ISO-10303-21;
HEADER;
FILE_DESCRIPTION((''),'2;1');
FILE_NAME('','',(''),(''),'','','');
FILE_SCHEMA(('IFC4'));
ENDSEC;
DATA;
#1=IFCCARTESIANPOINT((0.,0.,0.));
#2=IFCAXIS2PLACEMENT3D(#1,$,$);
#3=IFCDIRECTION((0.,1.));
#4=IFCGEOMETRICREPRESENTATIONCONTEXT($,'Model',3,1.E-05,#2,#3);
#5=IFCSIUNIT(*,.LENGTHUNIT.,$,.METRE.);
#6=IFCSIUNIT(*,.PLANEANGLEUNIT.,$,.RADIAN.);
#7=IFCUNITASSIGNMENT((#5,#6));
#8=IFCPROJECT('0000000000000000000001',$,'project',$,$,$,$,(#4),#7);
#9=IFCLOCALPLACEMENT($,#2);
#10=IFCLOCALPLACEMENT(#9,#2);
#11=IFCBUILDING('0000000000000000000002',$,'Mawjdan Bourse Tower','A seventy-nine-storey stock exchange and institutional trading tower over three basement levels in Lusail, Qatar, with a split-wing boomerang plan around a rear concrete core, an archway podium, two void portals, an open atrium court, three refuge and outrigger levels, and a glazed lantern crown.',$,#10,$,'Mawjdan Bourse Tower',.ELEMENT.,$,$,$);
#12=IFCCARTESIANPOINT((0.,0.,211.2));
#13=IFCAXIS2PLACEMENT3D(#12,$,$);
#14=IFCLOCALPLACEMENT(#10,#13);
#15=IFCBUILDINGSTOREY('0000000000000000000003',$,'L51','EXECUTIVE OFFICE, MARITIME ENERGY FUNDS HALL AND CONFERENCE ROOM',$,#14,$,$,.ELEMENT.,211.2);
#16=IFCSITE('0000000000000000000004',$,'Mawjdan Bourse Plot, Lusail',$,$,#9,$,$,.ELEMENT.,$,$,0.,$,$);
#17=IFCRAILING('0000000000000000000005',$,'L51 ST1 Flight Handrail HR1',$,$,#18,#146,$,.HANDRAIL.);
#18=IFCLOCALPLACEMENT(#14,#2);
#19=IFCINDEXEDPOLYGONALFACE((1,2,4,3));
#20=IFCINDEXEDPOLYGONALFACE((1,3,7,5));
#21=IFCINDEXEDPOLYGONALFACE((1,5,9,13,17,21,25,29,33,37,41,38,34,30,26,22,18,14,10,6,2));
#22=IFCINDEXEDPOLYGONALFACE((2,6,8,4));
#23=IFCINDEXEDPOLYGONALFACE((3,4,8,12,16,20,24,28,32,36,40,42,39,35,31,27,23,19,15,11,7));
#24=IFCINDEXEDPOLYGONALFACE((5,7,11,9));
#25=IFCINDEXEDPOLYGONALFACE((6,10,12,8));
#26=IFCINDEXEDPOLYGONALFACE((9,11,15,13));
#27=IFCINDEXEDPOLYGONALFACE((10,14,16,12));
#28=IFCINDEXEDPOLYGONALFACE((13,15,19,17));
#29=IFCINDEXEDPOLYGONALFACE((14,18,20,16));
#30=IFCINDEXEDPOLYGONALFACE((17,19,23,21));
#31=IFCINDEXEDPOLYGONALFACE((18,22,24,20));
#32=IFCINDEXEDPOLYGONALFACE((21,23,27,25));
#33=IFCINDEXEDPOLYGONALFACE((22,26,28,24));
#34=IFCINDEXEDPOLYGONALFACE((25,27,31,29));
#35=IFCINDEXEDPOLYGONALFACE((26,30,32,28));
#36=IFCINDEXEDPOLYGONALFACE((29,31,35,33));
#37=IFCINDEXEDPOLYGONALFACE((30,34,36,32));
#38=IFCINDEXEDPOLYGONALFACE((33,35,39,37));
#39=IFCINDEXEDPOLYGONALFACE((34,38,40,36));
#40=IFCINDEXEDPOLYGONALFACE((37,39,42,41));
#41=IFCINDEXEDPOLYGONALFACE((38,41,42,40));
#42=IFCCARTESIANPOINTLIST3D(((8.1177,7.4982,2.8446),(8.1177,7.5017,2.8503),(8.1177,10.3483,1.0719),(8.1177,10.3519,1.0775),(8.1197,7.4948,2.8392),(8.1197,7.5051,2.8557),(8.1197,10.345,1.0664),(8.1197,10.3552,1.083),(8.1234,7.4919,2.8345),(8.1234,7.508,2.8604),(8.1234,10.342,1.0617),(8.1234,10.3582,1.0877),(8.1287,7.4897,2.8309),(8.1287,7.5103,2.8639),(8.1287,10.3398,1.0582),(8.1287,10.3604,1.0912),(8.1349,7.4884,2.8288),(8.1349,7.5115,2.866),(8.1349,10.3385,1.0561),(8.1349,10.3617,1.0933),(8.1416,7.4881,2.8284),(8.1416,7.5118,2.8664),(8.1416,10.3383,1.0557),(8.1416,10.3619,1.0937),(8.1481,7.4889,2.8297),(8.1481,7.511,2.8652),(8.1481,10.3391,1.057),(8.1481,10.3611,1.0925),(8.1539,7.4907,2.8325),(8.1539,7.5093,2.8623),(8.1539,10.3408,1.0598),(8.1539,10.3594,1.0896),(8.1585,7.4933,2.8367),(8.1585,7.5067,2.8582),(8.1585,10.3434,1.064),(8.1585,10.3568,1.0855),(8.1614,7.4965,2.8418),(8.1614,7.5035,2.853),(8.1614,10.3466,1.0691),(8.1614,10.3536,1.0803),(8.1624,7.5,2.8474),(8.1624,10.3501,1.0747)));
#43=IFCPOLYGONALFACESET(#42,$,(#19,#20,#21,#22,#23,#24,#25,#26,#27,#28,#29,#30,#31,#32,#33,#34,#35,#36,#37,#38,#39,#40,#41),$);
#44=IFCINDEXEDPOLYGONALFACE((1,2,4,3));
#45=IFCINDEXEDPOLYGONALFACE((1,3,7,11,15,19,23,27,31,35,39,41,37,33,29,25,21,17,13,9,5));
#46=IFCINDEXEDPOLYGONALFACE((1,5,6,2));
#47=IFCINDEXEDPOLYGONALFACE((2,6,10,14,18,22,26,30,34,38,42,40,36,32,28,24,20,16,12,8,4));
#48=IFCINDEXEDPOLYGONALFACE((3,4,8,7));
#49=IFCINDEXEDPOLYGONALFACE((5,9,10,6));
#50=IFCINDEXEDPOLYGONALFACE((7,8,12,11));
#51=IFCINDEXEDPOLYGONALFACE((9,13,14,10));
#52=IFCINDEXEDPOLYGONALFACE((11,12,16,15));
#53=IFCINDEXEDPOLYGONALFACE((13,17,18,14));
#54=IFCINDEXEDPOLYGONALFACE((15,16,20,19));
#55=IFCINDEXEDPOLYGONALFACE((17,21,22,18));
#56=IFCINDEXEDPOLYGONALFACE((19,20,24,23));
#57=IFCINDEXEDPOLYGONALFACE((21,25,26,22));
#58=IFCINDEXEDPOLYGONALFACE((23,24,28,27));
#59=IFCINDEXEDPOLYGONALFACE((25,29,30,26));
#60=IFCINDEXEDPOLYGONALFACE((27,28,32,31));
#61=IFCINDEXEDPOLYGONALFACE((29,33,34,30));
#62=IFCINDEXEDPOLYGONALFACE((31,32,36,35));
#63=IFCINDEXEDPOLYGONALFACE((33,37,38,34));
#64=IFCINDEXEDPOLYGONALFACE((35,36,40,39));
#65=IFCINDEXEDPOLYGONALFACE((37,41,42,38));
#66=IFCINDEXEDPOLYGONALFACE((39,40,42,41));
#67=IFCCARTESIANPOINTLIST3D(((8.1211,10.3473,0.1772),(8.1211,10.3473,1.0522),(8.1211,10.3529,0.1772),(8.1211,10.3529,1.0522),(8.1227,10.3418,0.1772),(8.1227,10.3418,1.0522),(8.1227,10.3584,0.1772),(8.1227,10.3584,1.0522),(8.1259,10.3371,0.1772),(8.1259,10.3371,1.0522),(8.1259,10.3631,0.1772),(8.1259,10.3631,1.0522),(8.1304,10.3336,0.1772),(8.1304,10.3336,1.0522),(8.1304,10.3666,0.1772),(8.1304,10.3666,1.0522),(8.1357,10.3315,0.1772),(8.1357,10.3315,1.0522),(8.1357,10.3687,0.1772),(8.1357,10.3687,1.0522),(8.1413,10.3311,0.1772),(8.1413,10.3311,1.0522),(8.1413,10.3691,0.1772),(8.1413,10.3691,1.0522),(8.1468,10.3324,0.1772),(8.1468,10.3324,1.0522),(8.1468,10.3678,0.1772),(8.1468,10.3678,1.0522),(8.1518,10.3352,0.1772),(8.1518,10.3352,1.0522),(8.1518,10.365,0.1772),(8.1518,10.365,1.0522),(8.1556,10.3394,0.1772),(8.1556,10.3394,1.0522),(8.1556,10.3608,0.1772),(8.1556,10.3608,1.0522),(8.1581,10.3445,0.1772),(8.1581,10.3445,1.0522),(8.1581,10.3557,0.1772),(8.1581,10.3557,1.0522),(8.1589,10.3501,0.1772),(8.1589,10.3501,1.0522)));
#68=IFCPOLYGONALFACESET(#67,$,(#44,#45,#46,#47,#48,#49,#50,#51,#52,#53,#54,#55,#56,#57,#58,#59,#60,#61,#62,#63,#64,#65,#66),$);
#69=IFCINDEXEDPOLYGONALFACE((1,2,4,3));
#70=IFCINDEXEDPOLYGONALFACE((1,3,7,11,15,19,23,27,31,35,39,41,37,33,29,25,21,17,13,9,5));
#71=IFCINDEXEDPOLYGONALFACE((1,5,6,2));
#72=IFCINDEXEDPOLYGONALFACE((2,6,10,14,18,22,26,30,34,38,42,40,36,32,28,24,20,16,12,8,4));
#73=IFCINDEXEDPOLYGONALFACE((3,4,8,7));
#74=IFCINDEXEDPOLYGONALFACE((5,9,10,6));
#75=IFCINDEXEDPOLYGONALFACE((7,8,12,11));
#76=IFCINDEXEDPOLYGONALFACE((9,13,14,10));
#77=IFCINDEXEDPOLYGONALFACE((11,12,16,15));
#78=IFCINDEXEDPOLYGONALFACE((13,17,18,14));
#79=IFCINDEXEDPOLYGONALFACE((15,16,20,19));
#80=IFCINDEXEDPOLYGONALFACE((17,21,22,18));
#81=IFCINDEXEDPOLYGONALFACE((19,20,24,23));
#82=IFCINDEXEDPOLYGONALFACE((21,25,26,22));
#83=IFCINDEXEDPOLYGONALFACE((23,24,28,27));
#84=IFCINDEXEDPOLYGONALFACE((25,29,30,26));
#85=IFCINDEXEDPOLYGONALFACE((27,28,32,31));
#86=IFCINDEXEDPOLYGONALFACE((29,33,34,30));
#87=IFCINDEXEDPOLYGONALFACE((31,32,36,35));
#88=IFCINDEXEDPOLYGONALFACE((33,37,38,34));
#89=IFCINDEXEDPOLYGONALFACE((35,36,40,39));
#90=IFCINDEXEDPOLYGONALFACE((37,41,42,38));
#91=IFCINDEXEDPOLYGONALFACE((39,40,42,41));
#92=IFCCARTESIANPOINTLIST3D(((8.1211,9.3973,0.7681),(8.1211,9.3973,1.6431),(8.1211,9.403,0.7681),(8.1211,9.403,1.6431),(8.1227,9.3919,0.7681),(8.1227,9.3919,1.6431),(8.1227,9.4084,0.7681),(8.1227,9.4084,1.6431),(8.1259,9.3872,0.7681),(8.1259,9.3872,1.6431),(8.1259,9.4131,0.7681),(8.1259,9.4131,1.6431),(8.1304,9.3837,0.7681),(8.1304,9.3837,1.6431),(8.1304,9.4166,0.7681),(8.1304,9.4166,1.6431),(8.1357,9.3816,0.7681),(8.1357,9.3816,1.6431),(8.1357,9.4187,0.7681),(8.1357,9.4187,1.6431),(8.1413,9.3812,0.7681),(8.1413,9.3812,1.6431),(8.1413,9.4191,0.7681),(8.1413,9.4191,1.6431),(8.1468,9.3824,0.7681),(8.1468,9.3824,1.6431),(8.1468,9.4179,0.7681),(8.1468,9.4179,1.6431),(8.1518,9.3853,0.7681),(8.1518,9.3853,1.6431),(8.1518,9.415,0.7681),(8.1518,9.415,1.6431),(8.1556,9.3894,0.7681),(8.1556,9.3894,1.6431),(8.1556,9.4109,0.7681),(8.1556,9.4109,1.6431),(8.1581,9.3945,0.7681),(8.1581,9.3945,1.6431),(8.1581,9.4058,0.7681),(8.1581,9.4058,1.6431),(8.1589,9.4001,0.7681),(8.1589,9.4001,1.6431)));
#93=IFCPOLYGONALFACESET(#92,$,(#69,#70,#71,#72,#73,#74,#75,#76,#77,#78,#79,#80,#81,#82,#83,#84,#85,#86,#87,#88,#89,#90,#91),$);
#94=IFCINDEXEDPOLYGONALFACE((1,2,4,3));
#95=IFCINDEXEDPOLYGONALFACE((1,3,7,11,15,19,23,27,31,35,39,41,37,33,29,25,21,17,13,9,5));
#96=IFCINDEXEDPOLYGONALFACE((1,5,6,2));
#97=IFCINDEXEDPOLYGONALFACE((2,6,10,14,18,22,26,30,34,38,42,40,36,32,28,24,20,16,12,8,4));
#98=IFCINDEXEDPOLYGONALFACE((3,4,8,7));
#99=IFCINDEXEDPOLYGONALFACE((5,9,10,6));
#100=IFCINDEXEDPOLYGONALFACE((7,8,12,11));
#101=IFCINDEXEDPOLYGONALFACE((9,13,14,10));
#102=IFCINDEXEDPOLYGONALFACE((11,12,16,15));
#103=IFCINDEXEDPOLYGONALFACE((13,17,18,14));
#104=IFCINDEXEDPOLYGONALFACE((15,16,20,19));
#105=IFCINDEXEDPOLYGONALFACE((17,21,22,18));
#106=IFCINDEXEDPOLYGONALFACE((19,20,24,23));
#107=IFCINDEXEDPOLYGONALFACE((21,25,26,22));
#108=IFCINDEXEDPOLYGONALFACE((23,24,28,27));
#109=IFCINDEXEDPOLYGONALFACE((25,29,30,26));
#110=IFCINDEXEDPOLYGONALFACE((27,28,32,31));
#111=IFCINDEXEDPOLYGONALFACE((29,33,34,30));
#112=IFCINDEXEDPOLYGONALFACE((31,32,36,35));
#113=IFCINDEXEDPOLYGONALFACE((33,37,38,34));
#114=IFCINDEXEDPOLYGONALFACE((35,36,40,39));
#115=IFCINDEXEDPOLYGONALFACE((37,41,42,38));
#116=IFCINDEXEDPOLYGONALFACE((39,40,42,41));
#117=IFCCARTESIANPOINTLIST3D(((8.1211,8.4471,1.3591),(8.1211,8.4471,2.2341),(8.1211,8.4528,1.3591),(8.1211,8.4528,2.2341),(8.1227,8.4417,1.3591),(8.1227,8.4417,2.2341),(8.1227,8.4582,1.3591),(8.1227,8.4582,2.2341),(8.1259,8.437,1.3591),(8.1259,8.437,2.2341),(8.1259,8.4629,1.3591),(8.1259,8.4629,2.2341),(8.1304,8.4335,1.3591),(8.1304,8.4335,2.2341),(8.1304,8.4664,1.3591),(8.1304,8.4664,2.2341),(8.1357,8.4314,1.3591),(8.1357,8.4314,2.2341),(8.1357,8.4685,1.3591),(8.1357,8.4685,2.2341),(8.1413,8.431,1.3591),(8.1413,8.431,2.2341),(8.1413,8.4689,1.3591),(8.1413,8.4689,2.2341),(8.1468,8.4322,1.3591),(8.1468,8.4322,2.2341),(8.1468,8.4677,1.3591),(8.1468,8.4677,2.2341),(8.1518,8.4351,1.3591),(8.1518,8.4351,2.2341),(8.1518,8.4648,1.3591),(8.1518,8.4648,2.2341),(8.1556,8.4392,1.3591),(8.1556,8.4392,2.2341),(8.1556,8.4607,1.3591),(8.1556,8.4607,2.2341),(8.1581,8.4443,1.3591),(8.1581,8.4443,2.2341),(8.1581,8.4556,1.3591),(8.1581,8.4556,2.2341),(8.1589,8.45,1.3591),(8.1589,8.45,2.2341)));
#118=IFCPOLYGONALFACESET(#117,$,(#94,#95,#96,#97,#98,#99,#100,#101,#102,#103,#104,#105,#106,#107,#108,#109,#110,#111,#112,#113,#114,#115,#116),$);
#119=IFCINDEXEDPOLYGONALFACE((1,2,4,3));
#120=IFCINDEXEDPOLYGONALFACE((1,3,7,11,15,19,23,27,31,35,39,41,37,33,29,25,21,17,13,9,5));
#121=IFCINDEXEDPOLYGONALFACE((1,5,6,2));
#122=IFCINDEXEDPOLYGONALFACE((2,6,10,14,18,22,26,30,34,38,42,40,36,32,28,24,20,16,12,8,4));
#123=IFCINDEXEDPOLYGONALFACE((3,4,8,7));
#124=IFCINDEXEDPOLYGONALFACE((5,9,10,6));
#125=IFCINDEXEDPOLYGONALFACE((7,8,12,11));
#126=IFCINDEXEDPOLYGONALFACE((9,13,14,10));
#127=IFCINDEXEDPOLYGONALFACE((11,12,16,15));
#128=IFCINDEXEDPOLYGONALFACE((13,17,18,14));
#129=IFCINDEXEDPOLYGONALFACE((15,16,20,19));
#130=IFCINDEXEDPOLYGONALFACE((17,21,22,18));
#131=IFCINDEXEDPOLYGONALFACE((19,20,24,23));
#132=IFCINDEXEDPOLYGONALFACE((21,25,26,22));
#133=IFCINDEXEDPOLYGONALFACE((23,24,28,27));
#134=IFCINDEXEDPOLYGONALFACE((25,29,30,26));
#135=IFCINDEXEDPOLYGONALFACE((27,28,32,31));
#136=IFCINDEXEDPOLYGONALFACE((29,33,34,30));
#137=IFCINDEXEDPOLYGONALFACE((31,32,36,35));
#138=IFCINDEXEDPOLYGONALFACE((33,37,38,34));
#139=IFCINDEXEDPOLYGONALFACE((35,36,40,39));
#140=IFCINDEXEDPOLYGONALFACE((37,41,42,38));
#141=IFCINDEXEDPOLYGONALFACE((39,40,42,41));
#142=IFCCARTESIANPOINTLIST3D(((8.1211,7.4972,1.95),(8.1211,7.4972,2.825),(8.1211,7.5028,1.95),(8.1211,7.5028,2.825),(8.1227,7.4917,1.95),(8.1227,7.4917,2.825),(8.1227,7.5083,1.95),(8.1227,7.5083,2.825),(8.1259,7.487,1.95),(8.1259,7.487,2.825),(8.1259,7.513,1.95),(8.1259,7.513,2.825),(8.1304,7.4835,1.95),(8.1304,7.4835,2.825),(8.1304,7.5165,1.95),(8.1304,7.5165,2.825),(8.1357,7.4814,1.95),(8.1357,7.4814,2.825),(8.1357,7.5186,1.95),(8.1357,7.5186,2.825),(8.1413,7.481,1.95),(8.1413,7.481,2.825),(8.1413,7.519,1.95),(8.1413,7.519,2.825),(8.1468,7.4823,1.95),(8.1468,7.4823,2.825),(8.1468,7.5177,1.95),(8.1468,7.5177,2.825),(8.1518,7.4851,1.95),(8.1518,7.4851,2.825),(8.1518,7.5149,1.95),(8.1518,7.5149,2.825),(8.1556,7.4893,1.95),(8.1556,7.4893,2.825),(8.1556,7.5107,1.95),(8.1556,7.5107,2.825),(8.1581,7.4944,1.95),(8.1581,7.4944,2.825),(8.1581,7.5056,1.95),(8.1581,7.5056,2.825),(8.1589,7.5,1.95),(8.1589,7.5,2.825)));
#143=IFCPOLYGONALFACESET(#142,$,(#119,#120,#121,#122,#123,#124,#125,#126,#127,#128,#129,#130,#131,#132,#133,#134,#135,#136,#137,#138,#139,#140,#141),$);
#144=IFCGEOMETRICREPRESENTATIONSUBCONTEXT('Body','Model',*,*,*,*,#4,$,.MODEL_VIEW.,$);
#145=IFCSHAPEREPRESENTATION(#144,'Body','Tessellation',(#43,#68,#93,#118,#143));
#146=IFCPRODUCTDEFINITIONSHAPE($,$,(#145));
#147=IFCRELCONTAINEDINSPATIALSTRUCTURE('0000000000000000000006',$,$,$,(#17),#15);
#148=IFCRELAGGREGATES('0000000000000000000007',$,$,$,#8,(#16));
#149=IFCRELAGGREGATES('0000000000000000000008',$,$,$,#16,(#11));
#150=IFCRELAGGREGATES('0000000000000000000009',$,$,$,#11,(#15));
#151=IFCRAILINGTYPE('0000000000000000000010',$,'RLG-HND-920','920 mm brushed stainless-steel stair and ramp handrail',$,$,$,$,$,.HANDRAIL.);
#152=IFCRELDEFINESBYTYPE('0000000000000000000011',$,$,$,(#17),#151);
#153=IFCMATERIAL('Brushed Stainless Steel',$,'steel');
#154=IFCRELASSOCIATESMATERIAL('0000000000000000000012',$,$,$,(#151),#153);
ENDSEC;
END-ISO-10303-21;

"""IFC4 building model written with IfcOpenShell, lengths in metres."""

from ifc_helpers import new_model, si_unit, direction, frame, origin, origin_2d, place, context, subcontext, project, spatial, circle, extrude, material, type_object, element, save


model = new_model("IFC4")

# Units and contexts
model_context = context("Model", 3, precision=1e-05, world=origin(), true_north=direction((0.0, 1.0)))
body_context = subcontext(model_context, "Body", "Model", "MODEL_VIEW")
ifc_project = project(units=[si_unit("LENGTHUNIT", "METRE"), si_unit("PLANEANGLEUNIT", "RADIAN")], contexts=[model_context])

# Site, building, storey
site_placement = place(None, origin())
site = spatial("IfcSite", under=ifc_project, at=site_placement, Name="Mawjdan Bourse Plot, Lusail", CompositionType="ELEMENT", RefElevation=0.0)
building_placement = place(site_placement, origin())
building = spatial("IfcBuilding", under=site, at=building_placement, Name="Mawjdan Bourse Tower", Description="A seventy-nine-storey stock exchange and institutional trading tower over three basement levels in Lusail, Qatar, with a split-wing boomerang plan around a rear concrete core, an archway podium, two void portals, an open atrium court, three refuge and outrigger levels, and a glazed lantern crown.", LongName="Mawjdan Bourse Tower", CompositionType="ELEMENT")
storey_placement = place(building_placement, frame((0.0, 0.0, 211.2)))
storey = spatial("IfcBuildingStorey", under=building, at=storey_placement, Name="L51", Description="EXECUTIVE OFFICE, MARITIME ENERGY FUNDS HALL AND CONFERENCE ROOM", CompositionType="ELEMENT", Elevation=211.2)

# Railing
ifc_material_1 = material(Name="Brushed Stainless Steel", Category="steel")
railing_type_1 = type_object("IfcRailingType", Name="RLG-HND-920", Description="920 mm brushed stainless-steel stair and ramp handrail", PredefinedType="HANDRAIL", material=ifc_material_1)
railing_placement = place(storey_placement, frame((8.1399, 10.3501, 0.1772)))
element("IfcRailing", 1, at=railing_placement, inside=storey, type_object=railing_type_1, Name="L51 ST1 Flight Handrail HR1", PredefinedType="HANDRAIL", context=body_context, shape_type="SweptSolid", body=[
    extrude(circle(Radius=0.0225, at=origin_2d()), frame((0.0, 0.0, 0.8975), z_axis=(0.0, -0.849149, 0.528154), x_axis=(1.0, 0.0, 0.0)), (0.0, 0.0, 1.0), 3.3564),
    extrude(circle(Radius=0.019, at=origin_2d()), origin(), (0.0, 0.0, 1.0), 0.875),
    extrude(circle(Radius=0.019, at=origin_2d()), frame((0.0, -0.95, 0.5908)), (0.0, 0.0, 1.0), 0.875),
    extrude(circle(Radius=0.019, at=origin_2d()), frame((0.0, -1.9001, 1.1819)), (0.0, 0.0, 1.0), 0.875),
    extrude(circle(Radius=0.019, at=origin_2d()), frame((0.0, -2.8501, 1.7727)), (0.0, 0.0, 1.0), 0.875),
])

save(model, "model.ifc")
